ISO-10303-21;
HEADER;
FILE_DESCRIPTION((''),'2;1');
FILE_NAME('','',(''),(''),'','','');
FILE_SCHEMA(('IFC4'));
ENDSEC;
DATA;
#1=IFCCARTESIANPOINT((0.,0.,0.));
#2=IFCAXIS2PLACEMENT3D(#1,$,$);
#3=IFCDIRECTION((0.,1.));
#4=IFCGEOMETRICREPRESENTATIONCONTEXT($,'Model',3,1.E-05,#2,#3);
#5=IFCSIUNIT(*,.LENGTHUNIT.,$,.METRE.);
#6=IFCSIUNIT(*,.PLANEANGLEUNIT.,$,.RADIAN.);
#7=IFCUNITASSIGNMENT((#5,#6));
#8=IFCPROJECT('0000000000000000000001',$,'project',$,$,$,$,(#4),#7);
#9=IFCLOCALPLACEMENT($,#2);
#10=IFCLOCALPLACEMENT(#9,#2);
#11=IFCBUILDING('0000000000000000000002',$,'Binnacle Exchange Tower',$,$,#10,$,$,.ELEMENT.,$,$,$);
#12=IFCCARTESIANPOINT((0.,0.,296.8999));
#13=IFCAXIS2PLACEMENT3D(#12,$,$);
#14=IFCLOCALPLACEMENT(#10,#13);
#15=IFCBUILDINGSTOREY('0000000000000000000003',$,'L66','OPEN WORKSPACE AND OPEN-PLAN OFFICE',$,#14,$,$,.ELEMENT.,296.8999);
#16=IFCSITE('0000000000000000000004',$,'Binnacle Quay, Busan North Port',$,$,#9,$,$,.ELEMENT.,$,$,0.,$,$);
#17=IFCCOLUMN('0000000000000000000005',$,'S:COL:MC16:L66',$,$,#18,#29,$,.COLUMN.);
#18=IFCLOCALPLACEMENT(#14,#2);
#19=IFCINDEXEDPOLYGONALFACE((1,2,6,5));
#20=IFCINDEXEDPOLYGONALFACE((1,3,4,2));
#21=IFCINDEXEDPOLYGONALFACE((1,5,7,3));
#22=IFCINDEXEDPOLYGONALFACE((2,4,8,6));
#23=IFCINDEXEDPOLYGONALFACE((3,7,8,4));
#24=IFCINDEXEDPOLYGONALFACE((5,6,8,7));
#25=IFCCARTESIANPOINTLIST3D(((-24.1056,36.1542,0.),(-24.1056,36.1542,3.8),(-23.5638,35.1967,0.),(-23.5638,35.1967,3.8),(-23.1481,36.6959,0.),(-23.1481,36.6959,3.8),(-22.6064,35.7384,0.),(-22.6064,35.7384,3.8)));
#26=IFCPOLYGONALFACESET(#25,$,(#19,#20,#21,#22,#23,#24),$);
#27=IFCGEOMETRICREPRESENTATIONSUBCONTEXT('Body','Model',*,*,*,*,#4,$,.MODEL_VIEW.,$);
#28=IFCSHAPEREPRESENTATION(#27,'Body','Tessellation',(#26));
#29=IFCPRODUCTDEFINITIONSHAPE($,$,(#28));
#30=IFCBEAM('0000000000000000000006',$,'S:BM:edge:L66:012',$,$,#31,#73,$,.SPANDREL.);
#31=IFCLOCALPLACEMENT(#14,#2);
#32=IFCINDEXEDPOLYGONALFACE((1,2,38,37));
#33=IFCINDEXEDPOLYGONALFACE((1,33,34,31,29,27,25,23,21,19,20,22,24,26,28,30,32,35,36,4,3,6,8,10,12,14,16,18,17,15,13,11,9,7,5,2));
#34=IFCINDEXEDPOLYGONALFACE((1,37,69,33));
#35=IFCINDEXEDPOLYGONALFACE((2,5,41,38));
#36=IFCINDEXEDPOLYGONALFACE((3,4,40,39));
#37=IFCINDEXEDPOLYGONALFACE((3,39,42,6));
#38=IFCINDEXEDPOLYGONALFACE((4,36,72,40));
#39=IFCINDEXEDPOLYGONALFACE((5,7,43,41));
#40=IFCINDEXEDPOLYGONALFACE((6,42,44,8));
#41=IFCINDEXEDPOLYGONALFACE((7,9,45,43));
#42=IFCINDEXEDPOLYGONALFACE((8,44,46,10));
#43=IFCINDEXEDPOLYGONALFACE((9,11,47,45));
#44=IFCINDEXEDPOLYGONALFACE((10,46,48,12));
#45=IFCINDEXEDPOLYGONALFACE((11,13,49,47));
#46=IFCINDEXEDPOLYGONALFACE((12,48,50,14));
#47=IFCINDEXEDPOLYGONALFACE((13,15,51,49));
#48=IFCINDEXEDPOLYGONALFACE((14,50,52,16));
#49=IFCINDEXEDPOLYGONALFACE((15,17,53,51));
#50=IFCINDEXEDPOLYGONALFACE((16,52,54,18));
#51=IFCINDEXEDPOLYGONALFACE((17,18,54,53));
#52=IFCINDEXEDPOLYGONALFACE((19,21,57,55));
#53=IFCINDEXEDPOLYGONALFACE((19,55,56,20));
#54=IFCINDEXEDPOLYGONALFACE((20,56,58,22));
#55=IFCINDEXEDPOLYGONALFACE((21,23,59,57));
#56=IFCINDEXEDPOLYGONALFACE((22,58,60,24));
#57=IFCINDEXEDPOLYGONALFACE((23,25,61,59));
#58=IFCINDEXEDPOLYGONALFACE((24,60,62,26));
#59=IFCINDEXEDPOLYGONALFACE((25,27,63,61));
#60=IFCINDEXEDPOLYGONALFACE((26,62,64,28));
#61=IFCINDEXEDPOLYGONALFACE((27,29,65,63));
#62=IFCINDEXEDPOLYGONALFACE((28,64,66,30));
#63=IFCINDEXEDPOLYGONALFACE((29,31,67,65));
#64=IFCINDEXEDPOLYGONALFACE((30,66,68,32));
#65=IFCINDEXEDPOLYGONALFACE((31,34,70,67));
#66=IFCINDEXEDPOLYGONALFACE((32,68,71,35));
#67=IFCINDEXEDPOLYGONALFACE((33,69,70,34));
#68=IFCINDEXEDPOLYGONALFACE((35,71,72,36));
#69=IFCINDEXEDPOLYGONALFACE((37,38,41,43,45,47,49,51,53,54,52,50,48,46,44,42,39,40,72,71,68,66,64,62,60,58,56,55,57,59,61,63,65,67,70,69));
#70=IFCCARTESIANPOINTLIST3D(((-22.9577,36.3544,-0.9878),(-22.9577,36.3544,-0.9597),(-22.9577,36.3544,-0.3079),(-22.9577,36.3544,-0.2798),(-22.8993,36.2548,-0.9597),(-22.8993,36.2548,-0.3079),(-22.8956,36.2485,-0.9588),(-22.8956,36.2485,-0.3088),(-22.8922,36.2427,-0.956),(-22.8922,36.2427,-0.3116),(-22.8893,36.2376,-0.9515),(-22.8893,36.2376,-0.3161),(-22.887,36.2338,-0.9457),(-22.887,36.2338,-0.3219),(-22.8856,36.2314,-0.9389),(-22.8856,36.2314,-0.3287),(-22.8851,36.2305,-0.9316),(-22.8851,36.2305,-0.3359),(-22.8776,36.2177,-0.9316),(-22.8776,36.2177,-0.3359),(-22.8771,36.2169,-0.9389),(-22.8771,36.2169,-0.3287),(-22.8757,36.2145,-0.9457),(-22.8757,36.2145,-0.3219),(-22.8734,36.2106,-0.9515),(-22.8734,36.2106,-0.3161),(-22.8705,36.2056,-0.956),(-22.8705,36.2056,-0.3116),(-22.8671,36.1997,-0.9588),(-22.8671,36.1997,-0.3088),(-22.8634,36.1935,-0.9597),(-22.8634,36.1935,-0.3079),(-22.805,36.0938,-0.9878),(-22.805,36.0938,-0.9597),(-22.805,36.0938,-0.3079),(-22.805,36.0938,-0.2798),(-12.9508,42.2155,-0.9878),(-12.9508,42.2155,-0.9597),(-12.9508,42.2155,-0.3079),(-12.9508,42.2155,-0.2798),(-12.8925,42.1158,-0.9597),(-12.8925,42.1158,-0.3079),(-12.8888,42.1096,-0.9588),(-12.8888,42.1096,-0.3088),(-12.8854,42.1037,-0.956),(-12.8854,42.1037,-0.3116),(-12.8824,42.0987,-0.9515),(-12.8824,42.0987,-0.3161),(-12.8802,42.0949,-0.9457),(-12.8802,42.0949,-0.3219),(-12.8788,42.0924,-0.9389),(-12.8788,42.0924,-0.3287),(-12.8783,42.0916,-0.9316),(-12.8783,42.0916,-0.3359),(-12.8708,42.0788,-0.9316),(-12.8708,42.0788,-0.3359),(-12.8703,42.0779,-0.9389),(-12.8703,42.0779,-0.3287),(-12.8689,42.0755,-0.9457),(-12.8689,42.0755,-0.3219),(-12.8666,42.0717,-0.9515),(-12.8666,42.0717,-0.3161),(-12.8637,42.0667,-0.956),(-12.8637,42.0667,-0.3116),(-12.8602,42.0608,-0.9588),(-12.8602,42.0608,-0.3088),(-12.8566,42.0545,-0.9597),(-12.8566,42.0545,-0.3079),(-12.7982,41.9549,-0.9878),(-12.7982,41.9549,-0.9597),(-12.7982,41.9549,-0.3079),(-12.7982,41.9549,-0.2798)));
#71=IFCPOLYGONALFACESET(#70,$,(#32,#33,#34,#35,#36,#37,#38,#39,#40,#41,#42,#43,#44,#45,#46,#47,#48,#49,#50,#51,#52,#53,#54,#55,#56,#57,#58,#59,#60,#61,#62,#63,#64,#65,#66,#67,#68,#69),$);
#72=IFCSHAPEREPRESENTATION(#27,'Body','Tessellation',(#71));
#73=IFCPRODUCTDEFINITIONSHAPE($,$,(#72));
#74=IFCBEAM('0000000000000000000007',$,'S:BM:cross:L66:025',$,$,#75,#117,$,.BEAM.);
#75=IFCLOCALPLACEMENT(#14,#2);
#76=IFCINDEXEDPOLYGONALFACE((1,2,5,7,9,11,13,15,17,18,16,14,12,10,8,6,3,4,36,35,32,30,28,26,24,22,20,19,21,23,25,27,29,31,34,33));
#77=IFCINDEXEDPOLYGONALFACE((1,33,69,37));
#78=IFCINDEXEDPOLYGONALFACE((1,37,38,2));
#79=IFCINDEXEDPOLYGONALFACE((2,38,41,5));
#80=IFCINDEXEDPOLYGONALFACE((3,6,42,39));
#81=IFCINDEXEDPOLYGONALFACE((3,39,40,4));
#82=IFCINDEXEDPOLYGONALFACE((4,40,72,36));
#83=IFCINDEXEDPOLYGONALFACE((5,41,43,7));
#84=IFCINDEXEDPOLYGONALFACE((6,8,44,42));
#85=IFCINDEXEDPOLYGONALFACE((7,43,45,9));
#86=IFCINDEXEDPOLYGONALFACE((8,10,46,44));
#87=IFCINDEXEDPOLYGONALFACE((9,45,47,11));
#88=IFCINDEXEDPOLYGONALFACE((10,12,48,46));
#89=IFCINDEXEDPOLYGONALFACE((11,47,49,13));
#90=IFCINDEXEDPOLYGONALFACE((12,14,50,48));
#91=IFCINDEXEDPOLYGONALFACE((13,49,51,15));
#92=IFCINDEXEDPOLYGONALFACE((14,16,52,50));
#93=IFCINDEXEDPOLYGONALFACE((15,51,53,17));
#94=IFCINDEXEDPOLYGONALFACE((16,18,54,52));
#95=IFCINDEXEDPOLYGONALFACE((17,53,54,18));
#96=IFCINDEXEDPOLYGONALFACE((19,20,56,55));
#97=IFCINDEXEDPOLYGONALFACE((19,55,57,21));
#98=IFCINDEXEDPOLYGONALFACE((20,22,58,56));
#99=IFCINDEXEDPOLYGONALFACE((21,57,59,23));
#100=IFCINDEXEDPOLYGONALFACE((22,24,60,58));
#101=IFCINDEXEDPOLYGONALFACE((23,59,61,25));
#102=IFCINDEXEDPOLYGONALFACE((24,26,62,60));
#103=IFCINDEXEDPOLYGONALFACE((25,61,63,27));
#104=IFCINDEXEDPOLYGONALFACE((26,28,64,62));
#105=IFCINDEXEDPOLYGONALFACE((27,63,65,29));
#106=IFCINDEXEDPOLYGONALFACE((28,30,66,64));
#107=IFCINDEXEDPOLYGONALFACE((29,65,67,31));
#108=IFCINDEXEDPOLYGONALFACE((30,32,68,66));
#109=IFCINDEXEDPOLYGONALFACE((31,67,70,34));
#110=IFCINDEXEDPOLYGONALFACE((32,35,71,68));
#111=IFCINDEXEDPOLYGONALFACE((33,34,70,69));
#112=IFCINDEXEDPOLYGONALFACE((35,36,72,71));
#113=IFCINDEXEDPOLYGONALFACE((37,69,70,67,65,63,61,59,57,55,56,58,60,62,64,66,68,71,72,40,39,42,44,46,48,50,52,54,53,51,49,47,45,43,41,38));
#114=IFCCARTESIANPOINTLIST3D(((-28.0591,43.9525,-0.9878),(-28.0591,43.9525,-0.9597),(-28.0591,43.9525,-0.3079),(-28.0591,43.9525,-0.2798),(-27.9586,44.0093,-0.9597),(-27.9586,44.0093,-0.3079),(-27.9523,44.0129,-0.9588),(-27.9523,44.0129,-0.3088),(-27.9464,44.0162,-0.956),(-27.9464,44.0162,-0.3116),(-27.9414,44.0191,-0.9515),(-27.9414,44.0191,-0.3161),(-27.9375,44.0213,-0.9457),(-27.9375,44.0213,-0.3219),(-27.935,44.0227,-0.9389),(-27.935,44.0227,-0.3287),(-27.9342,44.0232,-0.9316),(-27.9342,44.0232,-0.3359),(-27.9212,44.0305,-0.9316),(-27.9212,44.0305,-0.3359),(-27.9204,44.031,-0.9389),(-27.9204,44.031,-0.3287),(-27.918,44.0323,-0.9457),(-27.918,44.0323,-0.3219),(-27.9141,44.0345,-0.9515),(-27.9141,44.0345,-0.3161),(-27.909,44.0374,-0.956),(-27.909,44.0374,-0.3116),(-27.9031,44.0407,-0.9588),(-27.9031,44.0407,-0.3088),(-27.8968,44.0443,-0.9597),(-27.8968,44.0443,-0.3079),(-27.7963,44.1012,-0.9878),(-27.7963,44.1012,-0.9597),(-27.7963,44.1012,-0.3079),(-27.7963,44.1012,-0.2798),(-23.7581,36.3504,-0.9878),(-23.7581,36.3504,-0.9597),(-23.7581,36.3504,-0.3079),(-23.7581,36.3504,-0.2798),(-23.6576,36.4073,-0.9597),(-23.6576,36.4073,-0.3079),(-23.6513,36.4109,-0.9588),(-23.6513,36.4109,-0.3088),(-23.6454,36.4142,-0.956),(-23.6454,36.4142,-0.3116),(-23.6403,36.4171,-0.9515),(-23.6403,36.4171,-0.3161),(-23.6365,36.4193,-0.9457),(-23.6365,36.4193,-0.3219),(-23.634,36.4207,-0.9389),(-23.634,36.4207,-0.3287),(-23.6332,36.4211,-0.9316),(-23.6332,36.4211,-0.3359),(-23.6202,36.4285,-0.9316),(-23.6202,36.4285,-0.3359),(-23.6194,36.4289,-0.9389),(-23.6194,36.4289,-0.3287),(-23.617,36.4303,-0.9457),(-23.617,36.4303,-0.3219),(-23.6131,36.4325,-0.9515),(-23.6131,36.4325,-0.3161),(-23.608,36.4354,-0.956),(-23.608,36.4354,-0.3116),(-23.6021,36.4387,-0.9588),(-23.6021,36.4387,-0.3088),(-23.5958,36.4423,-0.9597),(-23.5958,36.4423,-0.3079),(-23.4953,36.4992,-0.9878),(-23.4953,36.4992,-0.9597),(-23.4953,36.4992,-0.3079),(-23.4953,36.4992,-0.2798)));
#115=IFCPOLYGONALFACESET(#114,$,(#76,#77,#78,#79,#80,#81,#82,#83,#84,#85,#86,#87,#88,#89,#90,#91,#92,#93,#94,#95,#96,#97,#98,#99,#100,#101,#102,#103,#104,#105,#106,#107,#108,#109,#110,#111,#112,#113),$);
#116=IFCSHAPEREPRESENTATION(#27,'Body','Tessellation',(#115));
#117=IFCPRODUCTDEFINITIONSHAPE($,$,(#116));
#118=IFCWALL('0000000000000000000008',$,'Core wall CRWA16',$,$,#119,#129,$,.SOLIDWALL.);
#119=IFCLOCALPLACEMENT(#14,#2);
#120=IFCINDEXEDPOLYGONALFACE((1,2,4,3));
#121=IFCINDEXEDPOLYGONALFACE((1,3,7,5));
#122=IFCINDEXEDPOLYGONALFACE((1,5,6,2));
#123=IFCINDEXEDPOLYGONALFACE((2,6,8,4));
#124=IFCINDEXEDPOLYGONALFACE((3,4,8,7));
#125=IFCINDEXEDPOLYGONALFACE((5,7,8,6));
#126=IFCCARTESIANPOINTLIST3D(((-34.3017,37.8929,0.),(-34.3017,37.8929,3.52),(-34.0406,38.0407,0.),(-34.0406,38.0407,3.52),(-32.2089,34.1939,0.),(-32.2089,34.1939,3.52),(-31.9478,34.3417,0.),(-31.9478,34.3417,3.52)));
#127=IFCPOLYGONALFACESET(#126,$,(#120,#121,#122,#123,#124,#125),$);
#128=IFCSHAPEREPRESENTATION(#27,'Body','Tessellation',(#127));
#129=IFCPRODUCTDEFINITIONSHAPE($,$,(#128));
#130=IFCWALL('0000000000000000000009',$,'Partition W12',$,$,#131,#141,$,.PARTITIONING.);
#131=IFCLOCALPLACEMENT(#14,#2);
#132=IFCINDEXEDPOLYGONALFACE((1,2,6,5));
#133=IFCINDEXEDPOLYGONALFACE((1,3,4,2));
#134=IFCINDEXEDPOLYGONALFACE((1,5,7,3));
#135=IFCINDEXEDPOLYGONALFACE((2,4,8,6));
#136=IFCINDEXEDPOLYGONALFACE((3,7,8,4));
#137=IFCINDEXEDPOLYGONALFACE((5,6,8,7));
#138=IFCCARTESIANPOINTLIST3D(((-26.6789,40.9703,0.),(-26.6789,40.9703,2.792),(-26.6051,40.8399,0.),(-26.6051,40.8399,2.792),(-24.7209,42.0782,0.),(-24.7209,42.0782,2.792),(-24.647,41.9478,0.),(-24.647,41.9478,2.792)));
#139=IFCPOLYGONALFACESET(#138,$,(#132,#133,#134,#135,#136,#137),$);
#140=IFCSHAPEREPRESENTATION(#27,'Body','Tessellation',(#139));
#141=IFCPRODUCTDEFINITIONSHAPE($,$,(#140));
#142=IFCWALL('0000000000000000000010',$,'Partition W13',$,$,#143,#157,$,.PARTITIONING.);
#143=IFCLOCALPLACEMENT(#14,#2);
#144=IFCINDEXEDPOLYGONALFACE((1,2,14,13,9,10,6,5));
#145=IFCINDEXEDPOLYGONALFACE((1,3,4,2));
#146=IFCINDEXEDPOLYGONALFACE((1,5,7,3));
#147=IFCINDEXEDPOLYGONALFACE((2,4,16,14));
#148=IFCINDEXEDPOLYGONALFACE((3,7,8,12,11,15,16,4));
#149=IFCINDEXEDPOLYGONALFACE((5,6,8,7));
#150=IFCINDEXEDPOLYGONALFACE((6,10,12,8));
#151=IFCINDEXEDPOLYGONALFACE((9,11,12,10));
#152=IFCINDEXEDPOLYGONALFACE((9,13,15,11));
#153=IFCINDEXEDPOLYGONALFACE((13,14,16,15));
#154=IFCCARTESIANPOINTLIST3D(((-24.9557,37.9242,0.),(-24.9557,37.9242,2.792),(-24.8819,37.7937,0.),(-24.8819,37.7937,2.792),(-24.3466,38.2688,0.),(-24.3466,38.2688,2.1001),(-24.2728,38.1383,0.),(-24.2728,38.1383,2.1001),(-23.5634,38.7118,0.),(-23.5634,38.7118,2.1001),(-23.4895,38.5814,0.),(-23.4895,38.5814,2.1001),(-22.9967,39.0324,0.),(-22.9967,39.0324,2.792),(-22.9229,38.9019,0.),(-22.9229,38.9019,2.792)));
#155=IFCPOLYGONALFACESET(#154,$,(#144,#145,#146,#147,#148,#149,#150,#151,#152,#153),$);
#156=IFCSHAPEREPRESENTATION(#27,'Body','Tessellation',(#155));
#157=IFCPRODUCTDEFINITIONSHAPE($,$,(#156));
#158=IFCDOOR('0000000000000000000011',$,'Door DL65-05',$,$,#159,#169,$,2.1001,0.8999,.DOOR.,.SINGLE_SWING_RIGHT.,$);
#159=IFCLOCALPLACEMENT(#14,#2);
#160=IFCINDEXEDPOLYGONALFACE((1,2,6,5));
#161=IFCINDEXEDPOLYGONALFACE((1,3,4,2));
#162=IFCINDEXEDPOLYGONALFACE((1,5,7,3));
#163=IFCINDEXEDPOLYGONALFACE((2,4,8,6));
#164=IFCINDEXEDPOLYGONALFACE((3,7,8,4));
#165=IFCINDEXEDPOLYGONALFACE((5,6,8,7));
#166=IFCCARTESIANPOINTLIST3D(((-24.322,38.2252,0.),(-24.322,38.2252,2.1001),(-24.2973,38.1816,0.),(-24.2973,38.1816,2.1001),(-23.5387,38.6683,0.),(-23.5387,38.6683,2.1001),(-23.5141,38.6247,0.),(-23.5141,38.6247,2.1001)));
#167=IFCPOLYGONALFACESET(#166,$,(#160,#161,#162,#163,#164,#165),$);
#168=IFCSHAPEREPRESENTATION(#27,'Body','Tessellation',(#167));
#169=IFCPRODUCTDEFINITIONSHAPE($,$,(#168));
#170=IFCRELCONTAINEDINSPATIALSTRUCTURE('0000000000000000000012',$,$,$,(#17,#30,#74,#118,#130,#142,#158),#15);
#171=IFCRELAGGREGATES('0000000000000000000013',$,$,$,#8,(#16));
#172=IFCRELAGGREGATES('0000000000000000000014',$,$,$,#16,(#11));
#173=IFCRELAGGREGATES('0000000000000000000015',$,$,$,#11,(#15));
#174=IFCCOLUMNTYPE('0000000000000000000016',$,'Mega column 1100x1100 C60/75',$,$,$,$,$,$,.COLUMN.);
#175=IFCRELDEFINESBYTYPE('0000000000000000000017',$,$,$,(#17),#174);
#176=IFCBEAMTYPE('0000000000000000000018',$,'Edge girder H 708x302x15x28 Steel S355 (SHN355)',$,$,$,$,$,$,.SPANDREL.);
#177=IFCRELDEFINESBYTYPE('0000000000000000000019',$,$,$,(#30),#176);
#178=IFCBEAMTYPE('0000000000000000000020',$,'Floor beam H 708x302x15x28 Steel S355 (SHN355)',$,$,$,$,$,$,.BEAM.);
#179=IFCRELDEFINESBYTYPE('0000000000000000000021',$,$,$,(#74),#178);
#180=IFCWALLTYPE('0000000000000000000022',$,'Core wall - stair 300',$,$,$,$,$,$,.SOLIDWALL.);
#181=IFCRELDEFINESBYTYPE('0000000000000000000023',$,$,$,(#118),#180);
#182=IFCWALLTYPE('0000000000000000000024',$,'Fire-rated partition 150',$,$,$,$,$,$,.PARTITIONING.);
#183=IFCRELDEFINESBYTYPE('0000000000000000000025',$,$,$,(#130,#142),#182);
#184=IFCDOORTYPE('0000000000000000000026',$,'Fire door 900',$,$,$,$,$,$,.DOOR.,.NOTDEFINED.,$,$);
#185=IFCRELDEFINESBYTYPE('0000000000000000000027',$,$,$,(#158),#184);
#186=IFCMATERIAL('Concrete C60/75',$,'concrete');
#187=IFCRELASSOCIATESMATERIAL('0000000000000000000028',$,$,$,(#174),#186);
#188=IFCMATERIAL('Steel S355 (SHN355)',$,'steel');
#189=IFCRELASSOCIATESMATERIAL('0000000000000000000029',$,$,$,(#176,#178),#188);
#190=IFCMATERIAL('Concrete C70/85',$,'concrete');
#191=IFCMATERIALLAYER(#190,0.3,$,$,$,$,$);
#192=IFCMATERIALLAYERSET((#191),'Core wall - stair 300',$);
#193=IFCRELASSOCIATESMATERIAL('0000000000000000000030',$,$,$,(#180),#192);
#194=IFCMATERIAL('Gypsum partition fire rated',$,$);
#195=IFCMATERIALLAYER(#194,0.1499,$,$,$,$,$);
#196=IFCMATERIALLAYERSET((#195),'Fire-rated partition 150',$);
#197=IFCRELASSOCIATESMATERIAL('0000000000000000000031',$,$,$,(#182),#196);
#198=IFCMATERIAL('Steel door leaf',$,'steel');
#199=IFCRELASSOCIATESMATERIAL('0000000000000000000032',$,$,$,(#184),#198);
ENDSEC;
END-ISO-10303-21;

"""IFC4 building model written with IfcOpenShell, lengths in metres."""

from ifc_helpers import new_model, si_unit, direction, frame, frame_2d, origin, origin_2d, place, context, subcontext, project, spatial, rectangle, i_section, extrude, material, layer, layer_set, material_profile, profile_set, type_object, element, fill, save


model = new_model("IFC4")

# Units and contexts
model_context = context("Model", 3, precision=1e-05, world=origin(), true_north=direction((0.0, 1.0)))
body_context = subcontext(model_context, "Body", "Model", "MODEL_VIEW")
ifc_project = project(units=[si_unit("LENGTHUNIT", "METRE"), si_unit("PLANEANGLEUNIT", "RADIAN")], contexts=[model_context])

# Site, building, storey
site_placement = place(None, origin())
site = spatial("IfcSite", under=ifc_project, at=site_placement, Name="Binnacle Quay, Busan North Port", CompositionType="ELEMENT", RefElevation=0.0)
building_placement = place(site_placement, origin())
building = spatial("IfcBuilding", under=site, at=building_placement, Name="Binnacle Exchange Tower", CompositionType="ELEMENT")
storey_placement = place(building_placement, frame((0.0, 0.0, 296.8999)))
storey = spatial("IfcBuildingStorey", under=building, at=storey_placement, Name="L66", Description="OPEN WORKSPACE AND OPEN-PLAN OFFICE", CompositionType="ELEMENT", Elevation=296.8999)

# Column
ifc_material_1 = material(Name="Concrete C60/75", Category="concrete")
ifc_material_profile_1 = material_profile(ifc_material_1, rectangle(XDim=1.1001, YDim=1.1001, at=origin_2d()), Name="Mega column 1100x1100 C60/75")
ifc_profile_set_1 = profile_set([ifc_material_profile_1], Name="Concrete C60/75")
column_type = type_object("IfcColumnType", Name="Mega column 1100x1100 C60/75", PredefinedType="COLUMN", material=ifc_profile_set_1)
column_placement = place(storey_placement, frame((-23.356, 35.9463, 0.0), z_axis=(0.0, 0.0, 1.0), x_axis=(0.870356, 0.492424, 0.0)))
element("IfcColumn", 1, at=column_placement, inside=storey, type_object=column_type, Name="S:COL:MC16:L66", PredefinedType="COLUMN", context=body_context, shape_type="SweptSolid", body=[
    extrude(rectangle(XDim=1.1001, YDim=1.1001, at=origin_2d()), origin(), (0.0, 0.0, 1.0), 3.8),
])

# Beams
ifc_material_2 = material(Name="Steel S355 (SHN355)", Category="steel")
ifc_material_profile_2 = material_profile(ifc_material_2, i_section(OverallWidth=0.302, OverallDepth=0.708, WebThickness=0.0149, FlangeThickness=0.0281, FilletRadius=0.0281, at=origin_2d()), Name="H 708x302x15x28")
ifc_profile_set_2 = profile_set([ifc_material_profile_2], Name="Steel S355 (SHN355)")
beam_type_1 = type_object("IfcBeamType", Name="Edge girder H 708x302x15x28 Steel S355 (SHN355)", PredefinedType="SPANDREL", material=ifc_profile_set_2)
beam_1_placement = place(storey_placement, frame((-22.8813, 36.2241, -0.6338), z_axis=(0.862886, 0.505399, 0.0), x_axis=(-0.505399, 0.862886, 0.0)))
element("IfcBeam", 2, at=beam_1_placement, inside=storey, type_object=beam_type_1, Name="S:BM:edge:L66:012", PredefinedType="SPANDREL", context=body_context, shape_type="SweptSolid", body=[
    extrude(i_section(OverallWidth=0.302, OverallDepth=0.708, WebThickness=0.0149, FlangeThickness=0.0281, FilletRadius=0.0281, at=origin_2d()), origin(), (0.0, 0.0, 1.0), 11.5969),
])
ifc_material_profile_3 = material_profile(ifc_material_2, i_section(OverallWidth=0.302, OverallDepth=0.708, WebThickness=0.0149, FlangeThickness=0.0281, FilletRadius=0.0281, at=origin_2d()), Name="H 708x302x15x28")
ifc_profile_set_3 = profile_set([ifc_material_profile_3], Name="Steel S355 (SHN355)")
beam_type_2 = type_object("IfcBeamType", Name="Floor beam H 708x302x15x28 Steel S355 (SHN355)", PredefinedType="BEAM", material=ifc_profile_set_3)
beam_2_placement = place(storey_placement, frame((-23.6267, 36.4248, -0.6338), z_axis=(-0.492423, 0.870356, 0.0), x_axis=(-0.870356, -0.492423, 0.0)))
element("IfcBeam", 3, at=beam_2_placement, inside=storey, type_object=beam_type_2, Name="S:BM:cross:L66:025", PredefinedType="BEAM", context=body_context, shape_type="SweptSolid", body=[
    extrude(i_section(OverallWidth=0.302, OverallDepth=0.708, WebThickness=0.0149, FlangeThickness=0.0281, FilletRadius=0.0281, at=origin_2d()), origin(), (0.0, 0.0, 1.0), 8.7344),
])

# Walls
ifc_material_3 = material(Name="Concrete C70/85", Category="concrete")
ifc_layer_1 = layer(ifc_material_3, 0.3)
ifc_layer_set_1 = layer_set([ifc_layer_1], Name="Core wall - stair 300")
wall_type_1 = type_object("IfcWallType", Name="Core wall - stair 300", PredefinedType="SOLIDWALL", material=ifc_layer_set_1)
wall_1_placement = place(storey_placement, frame((-34.1711, 37.9668, 0.0), z_axis=(0.0, 0.0, 1.0), x_axis=(0.492423, -0.870356, 0.0)))
element("IfcWall", 4, at=wall_1_placement, inside=storey, type_object=wall_type_1, Name="Core wall CRWA16", PredefinedType="SOLIDWALL", context=body_context, shape_type="SweptSolid", body=[
    extrude(rectangle(XDim=4.25, YDim=0.3, at=frame_2d((2.125, 0.0))), origin(), (0.0, 0.0, 1.0), 3.52),
])
ifc_material_4 = material(Name="Gypsum partition fire rated")
ifc_layer_2 = layer(ifc_material_4, 0.1499)
ifc_layer_set_2 = layer_set([ifc_layer_2], Name="Fire-rated partition 150")
wall_type_2 = type_object("IfcWallType", Name="Fire-rated partition 150", PredefinedType="PARTITIONING", material=ifc_layer_set_2)
wall_2_placement = place(storey_placement, frame((-26.6421, 40.905, 0.0), z_axis=(0.0, 0.0, 1.0), x_axis=(0.870332, 0.492465, 0.0)))
element("IfcWall", 5, at=wall_2_placement, inside=storey, type_object=wall_type_2, Name="Partition W12", PredefinedType="PARTITIONING", context=body_context, shape_type="SweptSolid", body=[
    extrude(rectangle(XDim=2.2498, YDim=0.1499, at=frame_2d((1.125, 0.0))), origin(), (0.0, 0.0, 1.0), 2.792),
])

# Wall, opening, door
wall_3_placement = place(storey_placement, frame((-24.9189, 37.8589, 0.0), z_axis=(0.0, 0.0, 1.0), x_axis=(0.870391, 0.492361, 0.0)))
wall_3 = element("IfcWall", 6, at=wall_3_placement, inside=storey, type_object=wall_type_2, Name="Partition W13", PredefinedType="PARTITIONING", context=body_context, shape_type="SweptSolid", body=[
    extrude(rectangle(XDim=2.2507, YDim=0.1499, at=frame_2d((1.1255, 0.0))), origin(), (0.0, 0.0, 1.0), 2.792),
])
opening_1_placement = place(wall_3_placement, frame((0.7, 0.0, 0.0)))
opening_1 = element("IfcOpeningElement", 7, at=opening_1_placement, cuts=wall_3, PredefinedType="OPENING", context=body_context, shape_type="SweptSolid", body=[
    extrude(rectangle(XDim=0.8999, YDim=2.1001, at=frame_2d((0.45, 1.05))), frame((0.0, 0.085, 0.0), z_axis=(0.0, -1.0, 0.0), x_axis=(1.0, 0.0, 0.0)), (0.0, 0.0, 1.0), 0.1699),
])
ifc_material_5 = material(Name="Steel door leaf", Category="steel")
door_type_1 = type_object("IfcDoorType", Name="Fire door 900", OperationType="NOTDEFINED", PredefinedType="DOOR", material=ifc_material_5)
door_1_placement = place(opening_1_placement, origin())
door_1 = element("IfcDoor", 8, at=door_1_placement, inside=storey, type_object=door_type_1, Name="Door DL65-05", OperationType="SINGLE_SWING_RIGHT", OverallHeight=2.1001, OverallWidth=0.8999, PredefinedType="DOOR", context=body_context, shape_type="SweptSolid", body=[
    extrude(rectangle(XDim=0.8999, YDim=2.1001, at=frame_2d((0.45, 1.05))), frame((0.0, 0.0249, 0.0), z_axis=(0.0, -1.0, 0.0), x_axis=(1.0, 0.0, 0.0)), (0.0, 0.0, 1.0), 0.05),
])
fill(opening_1, door_1)

save(model, "model.ifc")
